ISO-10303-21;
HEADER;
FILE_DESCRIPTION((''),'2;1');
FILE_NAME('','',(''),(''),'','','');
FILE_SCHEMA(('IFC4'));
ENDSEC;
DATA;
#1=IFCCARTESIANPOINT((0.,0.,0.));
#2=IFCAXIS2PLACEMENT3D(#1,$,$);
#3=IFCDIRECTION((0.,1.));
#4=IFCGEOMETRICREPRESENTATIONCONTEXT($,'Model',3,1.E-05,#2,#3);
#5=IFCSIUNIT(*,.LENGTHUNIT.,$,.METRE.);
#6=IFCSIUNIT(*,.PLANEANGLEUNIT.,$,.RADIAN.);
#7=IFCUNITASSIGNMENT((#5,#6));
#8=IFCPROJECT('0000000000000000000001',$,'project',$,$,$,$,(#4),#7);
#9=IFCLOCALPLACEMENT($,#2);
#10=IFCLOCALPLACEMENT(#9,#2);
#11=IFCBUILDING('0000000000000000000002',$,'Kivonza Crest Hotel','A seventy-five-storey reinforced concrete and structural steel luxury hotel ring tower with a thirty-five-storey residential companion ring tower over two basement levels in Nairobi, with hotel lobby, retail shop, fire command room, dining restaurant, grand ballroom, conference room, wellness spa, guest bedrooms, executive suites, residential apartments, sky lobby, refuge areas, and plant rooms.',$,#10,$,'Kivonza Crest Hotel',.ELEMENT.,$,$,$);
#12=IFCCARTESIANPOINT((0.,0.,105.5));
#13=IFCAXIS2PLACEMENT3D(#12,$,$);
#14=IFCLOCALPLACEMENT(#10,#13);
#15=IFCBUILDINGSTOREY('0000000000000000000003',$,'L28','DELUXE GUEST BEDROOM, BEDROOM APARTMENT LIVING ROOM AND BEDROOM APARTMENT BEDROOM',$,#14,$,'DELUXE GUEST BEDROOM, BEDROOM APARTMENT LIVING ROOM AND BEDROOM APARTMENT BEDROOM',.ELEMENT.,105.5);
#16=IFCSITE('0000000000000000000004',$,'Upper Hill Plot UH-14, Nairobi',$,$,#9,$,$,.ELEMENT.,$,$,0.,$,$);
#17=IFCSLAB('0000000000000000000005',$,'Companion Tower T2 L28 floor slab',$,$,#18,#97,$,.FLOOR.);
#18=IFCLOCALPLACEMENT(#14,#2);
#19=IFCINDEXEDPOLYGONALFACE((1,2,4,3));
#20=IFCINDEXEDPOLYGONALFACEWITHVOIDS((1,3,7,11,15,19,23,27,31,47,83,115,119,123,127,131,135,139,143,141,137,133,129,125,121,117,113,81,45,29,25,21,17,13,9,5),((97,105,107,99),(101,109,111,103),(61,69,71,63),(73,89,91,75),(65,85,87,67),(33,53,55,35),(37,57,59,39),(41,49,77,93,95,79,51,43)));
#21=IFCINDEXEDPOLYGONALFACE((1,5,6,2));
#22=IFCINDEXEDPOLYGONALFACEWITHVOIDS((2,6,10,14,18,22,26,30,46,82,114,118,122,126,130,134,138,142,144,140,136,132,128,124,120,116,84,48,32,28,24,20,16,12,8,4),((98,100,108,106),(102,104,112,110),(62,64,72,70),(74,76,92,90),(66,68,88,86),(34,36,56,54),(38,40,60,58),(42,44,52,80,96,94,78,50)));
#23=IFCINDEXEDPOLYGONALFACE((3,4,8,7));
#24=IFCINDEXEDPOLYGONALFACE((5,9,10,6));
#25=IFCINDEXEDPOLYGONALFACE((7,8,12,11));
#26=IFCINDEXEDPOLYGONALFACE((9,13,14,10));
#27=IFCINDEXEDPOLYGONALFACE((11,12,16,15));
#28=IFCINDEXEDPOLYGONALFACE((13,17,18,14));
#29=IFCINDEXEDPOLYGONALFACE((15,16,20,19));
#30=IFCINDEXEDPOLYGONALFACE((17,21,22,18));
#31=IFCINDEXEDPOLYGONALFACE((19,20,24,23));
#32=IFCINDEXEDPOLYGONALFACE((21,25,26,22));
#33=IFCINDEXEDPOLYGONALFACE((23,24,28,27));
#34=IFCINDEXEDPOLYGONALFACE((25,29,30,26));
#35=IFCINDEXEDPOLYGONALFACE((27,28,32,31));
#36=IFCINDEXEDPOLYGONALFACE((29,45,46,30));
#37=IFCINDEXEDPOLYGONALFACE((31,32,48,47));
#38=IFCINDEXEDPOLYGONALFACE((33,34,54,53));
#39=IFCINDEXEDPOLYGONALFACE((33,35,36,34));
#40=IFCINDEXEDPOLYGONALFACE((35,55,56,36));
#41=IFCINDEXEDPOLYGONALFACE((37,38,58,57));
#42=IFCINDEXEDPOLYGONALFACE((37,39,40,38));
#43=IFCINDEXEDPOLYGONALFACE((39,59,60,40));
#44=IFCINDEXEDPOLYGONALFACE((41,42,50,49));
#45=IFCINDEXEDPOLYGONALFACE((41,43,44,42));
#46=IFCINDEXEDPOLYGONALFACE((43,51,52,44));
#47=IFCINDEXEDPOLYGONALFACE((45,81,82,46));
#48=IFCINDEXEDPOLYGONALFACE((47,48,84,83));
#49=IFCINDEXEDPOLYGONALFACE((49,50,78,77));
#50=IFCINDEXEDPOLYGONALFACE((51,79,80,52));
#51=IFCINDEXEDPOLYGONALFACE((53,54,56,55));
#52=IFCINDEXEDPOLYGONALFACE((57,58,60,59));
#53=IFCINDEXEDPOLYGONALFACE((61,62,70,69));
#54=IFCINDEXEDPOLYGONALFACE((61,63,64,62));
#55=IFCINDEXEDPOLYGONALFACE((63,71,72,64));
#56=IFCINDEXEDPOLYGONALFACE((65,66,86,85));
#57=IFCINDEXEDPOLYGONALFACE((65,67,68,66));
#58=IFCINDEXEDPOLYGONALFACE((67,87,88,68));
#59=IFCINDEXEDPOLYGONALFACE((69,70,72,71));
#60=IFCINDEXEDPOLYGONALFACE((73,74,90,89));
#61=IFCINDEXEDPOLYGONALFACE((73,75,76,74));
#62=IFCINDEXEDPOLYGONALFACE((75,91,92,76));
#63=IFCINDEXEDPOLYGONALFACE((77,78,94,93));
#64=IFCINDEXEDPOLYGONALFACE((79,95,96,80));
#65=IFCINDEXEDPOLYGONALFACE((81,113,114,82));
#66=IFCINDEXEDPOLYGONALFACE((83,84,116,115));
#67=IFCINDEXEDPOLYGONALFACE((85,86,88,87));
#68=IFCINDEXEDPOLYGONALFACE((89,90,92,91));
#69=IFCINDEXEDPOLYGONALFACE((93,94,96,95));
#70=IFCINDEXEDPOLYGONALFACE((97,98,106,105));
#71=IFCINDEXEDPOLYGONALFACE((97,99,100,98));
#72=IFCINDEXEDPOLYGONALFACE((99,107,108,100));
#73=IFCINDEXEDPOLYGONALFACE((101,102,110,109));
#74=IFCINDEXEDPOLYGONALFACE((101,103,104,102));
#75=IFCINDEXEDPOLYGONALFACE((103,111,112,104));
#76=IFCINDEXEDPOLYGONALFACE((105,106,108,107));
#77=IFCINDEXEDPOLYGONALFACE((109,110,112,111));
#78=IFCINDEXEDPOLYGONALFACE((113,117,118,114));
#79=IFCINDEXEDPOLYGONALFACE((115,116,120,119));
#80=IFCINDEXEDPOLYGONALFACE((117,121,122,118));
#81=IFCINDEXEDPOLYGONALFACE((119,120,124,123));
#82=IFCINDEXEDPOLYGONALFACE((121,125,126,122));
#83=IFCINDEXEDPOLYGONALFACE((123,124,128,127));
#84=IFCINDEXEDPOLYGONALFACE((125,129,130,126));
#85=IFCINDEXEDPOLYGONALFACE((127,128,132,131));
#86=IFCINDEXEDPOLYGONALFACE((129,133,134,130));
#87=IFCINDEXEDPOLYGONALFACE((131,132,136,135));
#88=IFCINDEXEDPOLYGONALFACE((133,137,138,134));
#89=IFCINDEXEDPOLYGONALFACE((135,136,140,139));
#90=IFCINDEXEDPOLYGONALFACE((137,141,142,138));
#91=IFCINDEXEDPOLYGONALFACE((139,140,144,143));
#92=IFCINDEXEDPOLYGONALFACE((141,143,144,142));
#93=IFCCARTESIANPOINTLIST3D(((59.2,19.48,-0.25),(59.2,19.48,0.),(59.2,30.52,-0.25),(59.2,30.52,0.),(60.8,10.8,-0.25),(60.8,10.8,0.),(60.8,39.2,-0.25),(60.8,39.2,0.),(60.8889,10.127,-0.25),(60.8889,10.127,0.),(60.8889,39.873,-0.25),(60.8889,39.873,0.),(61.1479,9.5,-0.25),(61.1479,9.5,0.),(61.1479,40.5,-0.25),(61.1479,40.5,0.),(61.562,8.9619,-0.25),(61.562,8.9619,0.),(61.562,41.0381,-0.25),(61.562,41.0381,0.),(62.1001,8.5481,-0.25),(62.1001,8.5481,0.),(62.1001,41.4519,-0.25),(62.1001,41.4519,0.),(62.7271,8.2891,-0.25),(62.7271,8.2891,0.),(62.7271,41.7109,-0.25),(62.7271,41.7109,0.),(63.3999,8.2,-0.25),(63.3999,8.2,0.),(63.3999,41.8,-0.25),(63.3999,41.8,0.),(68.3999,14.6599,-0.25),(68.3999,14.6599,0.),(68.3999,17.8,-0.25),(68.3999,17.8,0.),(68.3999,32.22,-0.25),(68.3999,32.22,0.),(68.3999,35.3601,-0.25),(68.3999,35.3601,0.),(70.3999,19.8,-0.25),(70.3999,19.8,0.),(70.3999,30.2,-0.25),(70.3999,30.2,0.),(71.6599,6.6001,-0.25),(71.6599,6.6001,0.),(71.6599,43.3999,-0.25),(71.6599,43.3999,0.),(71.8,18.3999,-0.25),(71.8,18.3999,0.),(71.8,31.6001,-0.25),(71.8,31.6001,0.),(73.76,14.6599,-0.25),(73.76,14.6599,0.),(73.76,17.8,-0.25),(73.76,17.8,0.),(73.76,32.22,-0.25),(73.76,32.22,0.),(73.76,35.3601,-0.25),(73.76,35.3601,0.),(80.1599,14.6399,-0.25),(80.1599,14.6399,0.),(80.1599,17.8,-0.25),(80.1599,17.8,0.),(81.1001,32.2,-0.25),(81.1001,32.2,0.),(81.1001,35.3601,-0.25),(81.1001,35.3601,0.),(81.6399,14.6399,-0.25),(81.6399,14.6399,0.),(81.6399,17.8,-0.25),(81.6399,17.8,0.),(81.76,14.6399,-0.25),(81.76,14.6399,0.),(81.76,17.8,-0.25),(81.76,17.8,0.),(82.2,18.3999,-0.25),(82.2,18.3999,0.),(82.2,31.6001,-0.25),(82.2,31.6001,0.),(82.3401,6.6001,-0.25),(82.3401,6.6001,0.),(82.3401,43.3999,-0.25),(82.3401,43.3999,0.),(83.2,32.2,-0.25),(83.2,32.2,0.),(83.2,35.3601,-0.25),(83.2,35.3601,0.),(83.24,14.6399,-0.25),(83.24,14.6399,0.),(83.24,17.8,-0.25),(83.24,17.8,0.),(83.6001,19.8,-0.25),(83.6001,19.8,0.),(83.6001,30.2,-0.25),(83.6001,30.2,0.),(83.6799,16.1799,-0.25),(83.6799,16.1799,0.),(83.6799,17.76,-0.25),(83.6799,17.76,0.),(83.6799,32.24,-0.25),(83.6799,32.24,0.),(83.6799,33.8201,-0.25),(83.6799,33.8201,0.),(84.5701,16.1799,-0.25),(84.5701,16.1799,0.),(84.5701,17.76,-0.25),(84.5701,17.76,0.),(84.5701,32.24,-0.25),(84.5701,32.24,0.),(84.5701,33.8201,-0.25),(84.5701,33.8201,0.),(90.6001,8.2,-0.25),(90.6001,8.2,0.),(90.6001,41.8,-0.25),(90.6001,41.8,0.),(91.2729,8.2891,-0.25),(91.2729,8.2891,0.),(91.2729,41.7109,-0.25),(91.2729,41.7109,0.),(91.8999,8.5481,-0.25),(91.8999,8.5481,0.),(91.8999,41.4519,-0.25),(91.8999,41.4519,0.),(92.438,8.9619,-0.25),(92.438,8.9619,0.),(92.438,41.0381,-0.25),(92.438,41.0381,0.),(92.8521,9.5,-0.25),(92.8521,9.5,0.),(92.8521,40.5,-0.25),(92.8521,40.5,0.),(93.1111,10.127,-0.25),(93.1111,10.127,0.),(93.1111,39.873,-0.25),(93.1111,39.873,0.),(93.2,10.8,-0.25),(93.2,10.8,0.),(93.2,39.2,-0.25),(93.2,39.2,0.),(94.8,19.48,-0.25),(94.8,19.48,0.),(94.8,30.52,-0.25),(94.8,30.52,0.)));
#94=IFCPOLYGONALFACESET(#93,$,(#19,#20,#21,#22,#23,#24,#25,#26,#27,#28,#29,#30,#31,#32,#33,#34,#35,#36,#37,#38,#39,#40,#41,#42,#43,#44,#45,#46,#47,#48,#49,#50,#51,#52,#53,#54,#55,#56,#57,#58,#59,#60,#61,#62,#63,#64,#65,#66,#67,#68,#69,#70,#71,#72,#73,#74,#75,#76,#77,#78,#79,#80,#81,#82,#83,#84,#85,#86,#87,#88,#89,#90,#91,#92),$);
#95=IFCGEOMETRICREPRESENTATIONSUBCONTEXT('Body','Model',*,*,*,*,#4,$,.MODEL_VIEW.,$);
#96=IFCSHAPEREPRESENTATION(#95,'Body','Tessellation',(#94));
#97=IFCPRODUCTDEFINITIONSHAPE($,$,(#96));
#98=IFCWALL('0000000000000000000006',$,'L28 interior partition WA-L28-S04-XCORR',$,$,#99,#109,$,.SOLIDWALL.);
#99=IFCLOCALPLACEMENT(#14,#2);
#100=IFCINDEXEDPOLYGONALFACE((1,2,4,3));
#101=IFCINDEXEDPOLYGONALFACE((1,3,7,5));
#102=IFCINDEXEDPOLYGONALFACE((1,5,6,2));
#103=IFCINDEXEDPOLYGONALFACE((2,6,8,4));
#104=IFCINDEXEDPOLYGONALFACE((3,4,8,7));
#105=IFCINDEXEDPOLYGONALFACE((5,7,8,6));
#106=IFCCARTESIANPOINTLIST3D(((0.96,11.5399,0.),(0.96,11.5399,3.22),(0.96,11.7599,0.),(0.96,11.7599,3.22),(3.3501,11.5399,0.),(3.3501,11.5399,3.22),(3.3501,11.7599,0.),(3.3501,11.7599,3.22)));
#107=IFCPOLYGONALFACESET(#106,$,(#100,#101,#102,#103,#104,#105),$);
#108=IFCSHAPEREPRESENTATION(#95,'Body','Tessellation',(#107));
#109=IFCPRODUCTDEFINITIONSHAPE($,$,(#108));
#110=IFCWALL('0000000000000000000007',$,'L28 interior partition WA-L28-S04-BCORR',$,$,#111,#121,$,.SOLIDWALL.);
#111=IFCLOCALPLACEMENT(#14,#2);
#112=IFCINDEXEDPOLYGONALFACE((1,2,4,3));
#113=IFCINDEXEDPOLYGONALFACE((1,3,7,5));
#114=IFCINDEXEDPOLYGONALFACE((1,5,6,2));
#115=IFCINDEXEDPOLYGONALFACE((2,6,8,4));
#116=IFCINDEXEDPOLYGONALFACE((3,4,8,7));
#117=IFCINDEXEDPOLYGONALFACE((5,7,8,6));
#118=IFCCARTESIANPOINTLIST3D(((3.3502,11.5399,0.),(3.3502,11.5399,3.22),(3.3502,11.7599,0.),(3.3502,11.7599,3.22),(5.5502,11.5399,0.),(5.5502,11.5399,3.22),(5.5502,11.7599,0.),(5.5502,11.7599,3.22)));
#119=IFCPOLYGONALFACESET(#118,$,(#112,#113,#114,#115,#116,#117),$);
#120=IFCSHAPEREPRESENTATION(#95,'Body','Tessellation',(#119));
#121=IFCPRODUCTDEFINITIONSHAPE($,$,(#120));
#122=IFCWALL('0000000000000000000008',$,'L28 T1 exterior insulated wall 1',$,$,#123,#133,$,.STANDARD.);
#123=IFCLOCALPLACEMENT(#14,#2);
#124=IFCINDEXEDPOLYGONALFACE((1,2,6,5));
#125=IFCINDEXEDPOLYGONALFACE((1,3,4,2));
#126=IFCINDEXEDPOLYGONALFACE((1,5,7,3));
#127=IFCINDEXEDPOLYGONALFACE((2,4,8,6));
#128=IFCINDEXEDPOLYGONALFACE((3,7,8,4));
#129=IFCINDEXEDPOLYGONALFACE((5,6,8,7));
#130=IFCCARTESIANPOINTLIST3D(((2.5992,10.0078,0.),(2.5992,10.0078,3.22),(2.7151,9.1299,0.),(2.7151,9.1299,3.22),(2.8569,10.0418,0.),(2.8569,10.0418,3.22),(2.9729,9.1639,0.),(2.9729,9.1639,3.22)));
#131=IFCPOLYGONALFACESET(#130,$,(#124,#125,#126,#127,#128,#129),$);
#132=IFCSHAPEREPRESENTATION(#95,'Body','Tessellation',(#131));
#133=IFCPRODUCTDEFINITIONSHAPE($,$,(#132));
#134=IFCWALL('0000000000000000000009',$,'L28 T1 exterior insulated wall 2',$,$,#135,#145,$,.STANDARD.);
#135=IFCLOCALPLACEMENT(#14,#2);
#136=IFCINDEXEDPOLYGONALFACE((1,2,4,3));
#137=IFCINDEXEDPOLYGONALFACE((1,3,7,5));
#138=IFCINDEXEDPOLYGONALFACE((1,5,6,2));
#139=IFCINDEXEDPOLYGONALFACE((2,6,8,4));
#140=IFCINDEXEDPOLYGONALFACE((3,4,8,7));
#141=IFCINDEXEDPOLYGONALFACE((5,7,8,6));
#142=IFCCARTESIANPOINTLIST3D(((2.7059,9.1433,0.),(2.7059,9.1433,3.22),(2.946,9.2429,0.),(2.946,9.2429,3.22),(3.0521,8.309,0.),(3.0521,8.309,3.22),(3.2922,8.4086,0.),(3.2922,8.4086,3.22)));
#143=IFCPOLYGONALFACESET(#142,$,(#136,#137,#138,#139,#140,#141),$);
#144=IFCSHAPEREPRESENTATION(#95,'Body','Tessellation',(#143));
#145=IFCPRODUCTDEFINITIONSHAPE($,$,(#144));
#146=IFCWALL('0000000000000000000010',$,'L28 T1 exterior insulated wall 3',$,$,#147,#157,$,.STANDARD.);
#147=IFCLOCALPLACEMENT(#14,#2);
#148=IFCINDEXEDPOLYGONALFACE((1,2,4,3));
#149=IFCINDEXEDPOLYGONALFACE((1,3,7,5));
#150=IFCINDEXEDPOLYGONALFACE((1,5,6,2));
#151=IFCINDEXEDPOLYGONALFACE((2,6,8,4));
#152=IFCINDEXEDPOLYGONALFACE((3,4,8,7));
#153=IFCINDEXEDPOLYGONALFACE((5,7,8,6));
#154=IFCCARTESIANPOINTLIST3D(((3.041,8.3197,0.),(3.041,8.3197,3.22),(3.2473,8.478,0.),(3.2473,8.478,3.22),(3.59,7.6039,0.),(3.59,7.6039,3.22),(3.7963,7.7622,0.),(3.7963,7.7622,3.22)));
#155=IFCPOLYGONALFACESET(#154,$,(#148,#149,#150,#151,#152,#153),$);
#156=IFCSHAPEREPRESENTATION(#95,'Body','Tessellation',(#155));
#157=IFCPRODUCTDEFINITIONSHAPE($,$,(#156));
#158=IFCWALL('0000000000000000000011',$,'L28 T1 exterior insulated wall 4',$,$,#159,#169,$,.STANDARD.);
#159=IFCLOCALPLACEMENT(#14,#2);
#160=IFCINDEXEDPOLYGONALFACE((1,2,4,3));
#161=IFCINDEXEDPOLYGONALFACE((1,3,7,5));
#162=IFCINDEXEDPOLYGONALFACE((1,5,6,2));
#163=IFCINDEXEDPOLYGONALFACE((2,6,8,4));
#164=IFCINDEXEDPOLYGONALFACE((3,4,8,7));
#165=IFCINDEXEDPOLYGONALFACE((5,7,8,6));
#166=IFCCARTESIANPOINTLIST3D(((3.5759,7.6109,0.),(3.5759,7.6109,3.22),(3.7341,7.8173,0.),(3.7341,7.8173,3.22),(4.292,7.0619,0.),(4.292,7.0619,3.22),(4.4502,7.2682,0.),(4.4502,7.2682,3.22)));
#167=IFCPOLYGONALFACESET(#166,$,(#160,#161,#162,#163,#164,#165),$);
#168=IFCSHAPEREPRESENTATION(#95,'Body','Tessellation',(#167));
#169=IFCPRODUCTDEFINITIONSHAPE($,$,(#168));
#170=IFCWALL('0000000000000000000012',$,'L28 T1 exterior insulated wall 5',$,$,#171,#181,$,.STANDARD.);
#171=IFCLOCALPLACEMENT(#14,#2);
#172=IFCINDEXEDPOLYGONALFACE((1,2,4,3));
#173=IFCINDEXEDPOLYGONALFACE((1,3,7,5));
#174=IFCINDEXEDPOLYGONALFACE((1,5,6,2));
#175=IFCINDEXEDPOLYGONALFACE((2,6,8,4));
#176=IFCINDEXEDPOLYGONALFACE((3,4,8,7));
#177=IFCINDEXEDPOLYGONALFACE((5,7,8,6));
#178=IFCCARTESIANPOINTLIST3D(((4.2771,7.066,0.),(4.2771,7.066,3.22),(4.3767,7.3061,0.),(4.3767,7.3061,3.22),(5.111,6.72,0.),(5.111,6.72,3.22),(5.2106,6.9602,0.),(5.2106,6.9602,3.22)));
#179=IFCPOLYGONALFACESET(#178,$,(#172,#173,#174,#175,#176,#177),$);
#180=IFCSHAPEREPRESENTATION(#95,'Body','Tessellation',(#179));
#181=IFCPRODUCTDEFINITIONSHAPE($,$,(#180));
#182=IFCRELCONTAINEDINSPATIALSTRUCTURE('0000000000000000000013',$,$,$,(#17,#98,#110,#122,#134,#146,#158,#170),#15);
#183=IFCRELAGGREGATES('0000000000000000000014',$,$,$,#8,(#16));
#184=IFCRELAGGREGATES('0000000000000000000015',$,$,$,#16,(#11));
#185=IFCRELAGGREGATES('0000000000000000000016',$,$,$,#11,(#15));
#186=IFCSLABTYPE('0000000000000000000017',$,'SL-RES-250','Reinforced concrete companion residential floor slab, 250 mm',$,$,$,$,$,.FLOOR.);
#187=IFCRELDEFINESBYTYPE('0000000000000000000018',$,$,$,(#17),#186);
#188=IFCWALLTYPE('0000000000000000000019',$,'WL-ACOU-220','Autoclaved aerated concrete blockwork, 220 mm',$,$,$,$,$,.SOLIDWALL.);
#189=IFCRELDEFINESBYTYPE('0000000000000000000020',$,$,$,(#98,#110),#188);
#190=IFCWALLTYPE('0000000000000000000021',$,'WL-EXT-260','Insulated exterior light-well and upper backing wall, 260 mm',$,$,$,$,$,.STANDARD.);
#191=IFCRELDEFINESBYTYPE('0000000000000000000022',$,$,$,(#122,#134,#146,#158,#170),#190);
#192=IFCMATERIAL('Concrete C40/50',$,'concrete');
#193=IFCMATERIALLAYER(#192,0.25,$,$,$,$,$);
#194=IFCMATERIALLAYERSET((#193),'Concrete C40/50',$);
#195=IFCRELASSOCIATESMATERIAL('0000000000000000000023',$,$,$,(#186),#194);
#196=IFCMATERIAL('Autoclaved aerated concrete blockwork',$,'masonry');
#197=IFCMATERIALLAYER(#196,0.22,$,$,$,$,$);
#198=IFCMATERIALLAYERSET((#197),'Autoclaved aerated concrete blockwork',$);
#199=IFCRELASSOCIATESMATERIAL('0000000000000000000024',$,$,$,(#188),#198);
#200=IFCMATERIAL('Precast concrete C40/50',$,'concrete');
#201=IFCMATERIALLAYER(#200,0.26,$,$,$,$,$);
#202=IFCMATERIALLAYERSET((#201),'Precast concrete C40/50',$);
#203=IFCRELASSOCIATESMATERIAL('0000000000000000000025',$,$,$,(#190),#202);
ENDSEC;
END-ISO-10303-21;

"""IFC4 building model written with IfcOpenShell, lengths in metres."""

from ifc_helpers import new_model, si_unit, direction, frame, frame_2d, origin, place, context, subcontext, project, spatial, polyline, rectangle, outline, extrude, material, layer, layer_set, type_object, element, save


model = new_model("IFC4")

# Units and contexts
model_context = context("Model", 3, precision=1e-05, world=origin(), true_north=direction((0.0, 1.0)))
body_context = subcontext(model_context, "Body", "Model", "MODEL_VIEW")
ifc_project = project(units=[si_unit("LENGTHUNIT", "METRE"), si_unit("PLANEANGLEUNIT", "RADIAN")], contexts=[model_context])

# Site, building, storey
site_placement = place(None, origin())
site = spatial("IfcSite", under=ifc_project, at=site_placement, Name="Upper Hill Plot UH-14, Nairobi", CompositionType="ELEMENT", RefElevation=0.0)
building_placement = place(site_placement, origin())
building = spatial("IfcBuilding", under=site, at=building_placement, Name="Kivonza Crest Hotel", Description="A seventy-five-storey reinforced concrete and structural steel luxury hotel ring tower with a thirty-five-storey residential companion ring tower over two basement levels in Nairobi, with hotel lobby, retail shop, fire command room, dining restaurant, grand ballroom, conference room, wellness spa, guest bedrooms, executive suites, residential apartments, sky lobby, refuge areas, and plant rooms.", LongName="Kivonza Crest Hotel", CompositionType="ELEMENT")
storey_placement = place(building_placement, frame((0.0, 0.0, 105.5)))
storey = spatial("IfcBuildingStorey", under=building, at=storey_placement, Name="L28", Description="DELUXE GUEST BEDROOM, BEDROOM APARTMENT LIVING ROOM AND BEDROOM APARTMENT BEDROOM", LongName="DELUXE GUEST BEDROOM, BEDROOM APARTMENT LIVING ROOM AND BEDROOM APARTMENT BEDROOM", CompositionType="ELEMENT", Elevation=105.5)

# Shared definitions
ifc_material_1 = material(Name="Concrete C40/50", Category="concrete")

# Slab
ifc_layer_1 = layer(ifc_material_1, 0.25)
ifc_layer_set_1 = layer_set([ifc_layer_1], Name="Concrete C40/50")
slab_type_1 = type_object("IfcSlabType", Name="SL-RES-250", Description="Reinforced concrete companion residential floor slab, 250 mm", PredefinedType="FLOOR", material=ifc_layer_set_1)
slab_1_placement = place(storey_placement, frame((0.0, 0.0, -0.25)))
element("IfcSlab", 1, at=slab_1_placement, inside=storey, type_object=slab_type_1, Name="Companion Tower T2 L28 floor slab", PredefinedType="FLOOR", context=body_context, shape_type="SweptSolid", body=[
    extrude(outline(polyline([(60.8, 10.8), (60.8889, 10.127), (61.1479, 9.5), (61.562, 8.9619), (62.1001, 8.5481), (62.7271, 8.2891), (63.3999, 8.2), (71.6599, 6.6001), (82.3401, 6.6001), (90.6001, 8.2), (91.2729, 8.2891), (91.8999, 8.5481), (92.438, 8.9619), (92.8521, 9.5), (93.1111, 10.127), (93.2, 10.8), (94.8, 19.48), (94.8, 30.52), (93.2, 39.2), (93.1111, 39.873), (92.8521, 40.5), (92.438, 41.0381), (91.8999, 41.4519), (91.2729, 41.7109), (90.6001, 41.8), (82.3401, 43.3999), (71.6599, 43.3999), (63.3999, 41.8), (62.7271, 41.7109), (62.1001, 41.4519), (61.562, 41.0381), (61.1479, 40.5), (60.8889, 39.873), (60.8, 39.2), (59.2, 30.52), (59.2, 19.48), (60.8, 10.8)]), holes=[polyline([(71.8, 18.3999), (82.2, 18.3999), (83.6001, 19.8), (83.6001, 30.2), (82.2, 31.6001), (71.8, 31.6001), (70.3999, 30.2), (70.3999, 19.8), (71.8, 18.3999)]), polyline([(68.3999, 32.22), (73.76, 32.22), (73.76, 35.3601), (68.3999, 35.3601), (68.3999, 32.22)]), polyline([(68.3999, 14.6599), (73.76, 14.6599), (73.76, 17.8), (68.3999, 17.8), (68.3999, 14.6599)]), polyline([(83.6799, 32.24), (84.5701, 32.24), (84.5701, 33.8201), (83.6799, 33.8201), (83.6799, 32.24)]), polyline([(83.6799, 16.1799), (84.5701, 16.1799), (84.5701, 17.76), (83.6799, 17.76), (83.6799, 16.1799)]), polyline([(81.1001, 32.2), (83.2, 32.2), (83.2, 35.3601), (81.1001, 35.3601), (81.1001, 32.2)]), polyline([(80.1599, 14.6399), (81.6399, 14.6399), (81.6399, 17.8), (80.1599, 17.8), (80.1599, 14.6399)]), polyline([(81.76, 14.6399), (83.24, 14.6399), (83.24, 17.8), (81.76, 17.8), (81.76, 14.6399)])]), origin(), (0.0, 0.0, 1.0), 0.25),
])

# Walls
ifc_material_2 = material(Name="Autoclaved aerated concrete blockwork", Category="masonry")
ifc_layer_2 = layer(ifc_material_2, 0.22)
ifc_layer_set_2 = layer_set([ifc_layer_2], Name="Autoclaved aerated concrete blockwork")
wall_type_1 = type_object("IfcWallType", Name="WL-ACOU-220", Description="Autoclaved aerated concrete blockwork, 220 mm", PredefinedType="SOLIDWALL", material=ifc_layer_set_2)
wall_1_placement = place(storey_placement, frame((0.96, 11.6499, 0.0), z_axis=(0.0, 0.0, 1.0), x_axis=(1.0, 0.0, 0.0)))
element("IfcWall", 2, at=wall_1_placement, inside=storey, type_object=wall_type_1, Name="L28 interior partition WA-L28-S04-XCORR", PredefinedType="SOLIDWALL", context=body_context, shape_type="SweptSolid", body=[
    extrude(rectangle(XDim=2.3901, YDim=0.22, at=frame_2d((1.1951, 0.0))), origin(), (0.0, 0.0, 1.0), 3.22),
])
wall_2_placement = place(storey_placement, frame((3.3501, 11.6499, 0.0), z_axis=(0.0, 0.0, 1.0), x_axis=(1.0, 0.0, 0.0)))
element("IfcWall", 3, at=wall_2_placement, inside=storey, type_object=wall_type_1, Name="L28 interior partition WA-L28-S04-BCORR", PredefinedType="SOLIDWALL", context=body_context, shape_type="SweptSolid", body=[
    extrude(rectangle(XDim=2.2, YDim=0.22, at=frame_2d((1.1001, 0.0))), origin(), (0.0, 0.0, 1.0), 3.22),
])
ifc_material_3 = material(Name="Precast concrete C40/50", Category="concrete")
ifc_layer_3 = layer(ifc_material_3, 0.26)
ifc_layer_set_3 = layer_set([ifc_layer_3], Name="Precast concrete C40/50")
wall_type_2 = type_object("IfcWallType", Name="WL-EXT-260", Description="Insulated exterior light-well and upper backing wall, 260 mm", PredefinedType="STANDARD", material=ifc_layer_set_3)
wall_3_placement = place(storey_placement, frame((2.728, 10.0249, 0.0), z_axis=(0.0, 0.0, 1.0), x_axis=(0.130954, -0.991388, 0.0)))
element("IfcWall", 4, at=wall_3_placement, inside=storey, type_object=wall_type_2, Name="L28 T1 exterior insulated wall 1", PredefinedType="STANDARD", context=body_context, shape_type="SweptSolid", body=[
    extrude(rectangle(XDim=0.8855, YDim=0.26, at=frame_2d((0.4429, 0.0))), origin(), (0.0, 0.0, 1.0), 3.22),
])
wall_4_placement = place(storey_placement, frame((2.8259, 9.1931, 0.0), z_axis=(0.0, 0.0, 1.0), x_axis=(0.383291, -0.923628, 0.0)))
element("IfcWall", 5, at=wall_4_placement, inside=storey, type_object=wall_type_2, Name="L28 T1 exterior insulated wall 2", PredefinedType="STANDARD", context=body_context, shape_type="SweptSolid", body=[
    extrude(rectangle(XDim=0.9033, YDim=0.26, at=frame_2d((0.4517, 0.0))), origin(), (0.0, 0.0, 1.0), 3.22),
])
wall_5_placement = place(storey_placement, frame((3.144, 8.3989, 0.0), z_axis=(0.0, 0.0, 1.0), x_axis=(0.608625, -0.793458, 0.0)))
element("IfcWall", 6, at=wall_5_placement, inside=storey, type_object=wall_type_2, Name="L28 T1 exterior insulated wall 3", PredefinedType="STANDARD", context=body_context, shape_type="SweptSolid", body=[
    extrude(rectangle(XDim=0.9021, YDim=0.26, at=frame_2d((0.4512, 0.0))), origin(), (0.0, 0.0, 1.0), 3.22),
])
wall_6_placement = place(storey_placement, frame((3.655, 7.7141, 0.0), z_axis=(0.0, 0.0, 1.0), x_axis=(0.793558, -0.608494, 0.0)))
element("IfcWall", 7, at=wall_6_placement, inside=storey, type_object=wall_type_2, Name="L28 T1 exterior insulated wall 4", PredefinedType="STANDARD", context=body_context, shape_type="SweptSolid", body=[
    extrude(rectangle(XDim=0.9023, YDim=0.26, at=frame_2d((0.4512, 0.0))), origin(), (0.0, 0.0, 1.0), 3.22),
])
wall_7_placement = place(storey_placement, frame((4.3269, 7.186, 0.0), z_axis=(0.0, 0.0, 1.0), x_axis=(0.923684, -0.383156, 0.0)))
element("IfcWall", 8, at=wall_7_placement, inside=storey, type_object=wall_type_2, Name="L28 T1 exterior insulated wall 5", PredefinedType="STANDARD", context=body_context, shape_type="SweptSolid", body=[
    extrude(rectangle(XDim=0.9028, YDim=0.26, at=frame_2d((0.4514, 0.0))), origin(), (0.0, 0.0, 1.0), 3.22),
])

save(model, "model.ifc")
